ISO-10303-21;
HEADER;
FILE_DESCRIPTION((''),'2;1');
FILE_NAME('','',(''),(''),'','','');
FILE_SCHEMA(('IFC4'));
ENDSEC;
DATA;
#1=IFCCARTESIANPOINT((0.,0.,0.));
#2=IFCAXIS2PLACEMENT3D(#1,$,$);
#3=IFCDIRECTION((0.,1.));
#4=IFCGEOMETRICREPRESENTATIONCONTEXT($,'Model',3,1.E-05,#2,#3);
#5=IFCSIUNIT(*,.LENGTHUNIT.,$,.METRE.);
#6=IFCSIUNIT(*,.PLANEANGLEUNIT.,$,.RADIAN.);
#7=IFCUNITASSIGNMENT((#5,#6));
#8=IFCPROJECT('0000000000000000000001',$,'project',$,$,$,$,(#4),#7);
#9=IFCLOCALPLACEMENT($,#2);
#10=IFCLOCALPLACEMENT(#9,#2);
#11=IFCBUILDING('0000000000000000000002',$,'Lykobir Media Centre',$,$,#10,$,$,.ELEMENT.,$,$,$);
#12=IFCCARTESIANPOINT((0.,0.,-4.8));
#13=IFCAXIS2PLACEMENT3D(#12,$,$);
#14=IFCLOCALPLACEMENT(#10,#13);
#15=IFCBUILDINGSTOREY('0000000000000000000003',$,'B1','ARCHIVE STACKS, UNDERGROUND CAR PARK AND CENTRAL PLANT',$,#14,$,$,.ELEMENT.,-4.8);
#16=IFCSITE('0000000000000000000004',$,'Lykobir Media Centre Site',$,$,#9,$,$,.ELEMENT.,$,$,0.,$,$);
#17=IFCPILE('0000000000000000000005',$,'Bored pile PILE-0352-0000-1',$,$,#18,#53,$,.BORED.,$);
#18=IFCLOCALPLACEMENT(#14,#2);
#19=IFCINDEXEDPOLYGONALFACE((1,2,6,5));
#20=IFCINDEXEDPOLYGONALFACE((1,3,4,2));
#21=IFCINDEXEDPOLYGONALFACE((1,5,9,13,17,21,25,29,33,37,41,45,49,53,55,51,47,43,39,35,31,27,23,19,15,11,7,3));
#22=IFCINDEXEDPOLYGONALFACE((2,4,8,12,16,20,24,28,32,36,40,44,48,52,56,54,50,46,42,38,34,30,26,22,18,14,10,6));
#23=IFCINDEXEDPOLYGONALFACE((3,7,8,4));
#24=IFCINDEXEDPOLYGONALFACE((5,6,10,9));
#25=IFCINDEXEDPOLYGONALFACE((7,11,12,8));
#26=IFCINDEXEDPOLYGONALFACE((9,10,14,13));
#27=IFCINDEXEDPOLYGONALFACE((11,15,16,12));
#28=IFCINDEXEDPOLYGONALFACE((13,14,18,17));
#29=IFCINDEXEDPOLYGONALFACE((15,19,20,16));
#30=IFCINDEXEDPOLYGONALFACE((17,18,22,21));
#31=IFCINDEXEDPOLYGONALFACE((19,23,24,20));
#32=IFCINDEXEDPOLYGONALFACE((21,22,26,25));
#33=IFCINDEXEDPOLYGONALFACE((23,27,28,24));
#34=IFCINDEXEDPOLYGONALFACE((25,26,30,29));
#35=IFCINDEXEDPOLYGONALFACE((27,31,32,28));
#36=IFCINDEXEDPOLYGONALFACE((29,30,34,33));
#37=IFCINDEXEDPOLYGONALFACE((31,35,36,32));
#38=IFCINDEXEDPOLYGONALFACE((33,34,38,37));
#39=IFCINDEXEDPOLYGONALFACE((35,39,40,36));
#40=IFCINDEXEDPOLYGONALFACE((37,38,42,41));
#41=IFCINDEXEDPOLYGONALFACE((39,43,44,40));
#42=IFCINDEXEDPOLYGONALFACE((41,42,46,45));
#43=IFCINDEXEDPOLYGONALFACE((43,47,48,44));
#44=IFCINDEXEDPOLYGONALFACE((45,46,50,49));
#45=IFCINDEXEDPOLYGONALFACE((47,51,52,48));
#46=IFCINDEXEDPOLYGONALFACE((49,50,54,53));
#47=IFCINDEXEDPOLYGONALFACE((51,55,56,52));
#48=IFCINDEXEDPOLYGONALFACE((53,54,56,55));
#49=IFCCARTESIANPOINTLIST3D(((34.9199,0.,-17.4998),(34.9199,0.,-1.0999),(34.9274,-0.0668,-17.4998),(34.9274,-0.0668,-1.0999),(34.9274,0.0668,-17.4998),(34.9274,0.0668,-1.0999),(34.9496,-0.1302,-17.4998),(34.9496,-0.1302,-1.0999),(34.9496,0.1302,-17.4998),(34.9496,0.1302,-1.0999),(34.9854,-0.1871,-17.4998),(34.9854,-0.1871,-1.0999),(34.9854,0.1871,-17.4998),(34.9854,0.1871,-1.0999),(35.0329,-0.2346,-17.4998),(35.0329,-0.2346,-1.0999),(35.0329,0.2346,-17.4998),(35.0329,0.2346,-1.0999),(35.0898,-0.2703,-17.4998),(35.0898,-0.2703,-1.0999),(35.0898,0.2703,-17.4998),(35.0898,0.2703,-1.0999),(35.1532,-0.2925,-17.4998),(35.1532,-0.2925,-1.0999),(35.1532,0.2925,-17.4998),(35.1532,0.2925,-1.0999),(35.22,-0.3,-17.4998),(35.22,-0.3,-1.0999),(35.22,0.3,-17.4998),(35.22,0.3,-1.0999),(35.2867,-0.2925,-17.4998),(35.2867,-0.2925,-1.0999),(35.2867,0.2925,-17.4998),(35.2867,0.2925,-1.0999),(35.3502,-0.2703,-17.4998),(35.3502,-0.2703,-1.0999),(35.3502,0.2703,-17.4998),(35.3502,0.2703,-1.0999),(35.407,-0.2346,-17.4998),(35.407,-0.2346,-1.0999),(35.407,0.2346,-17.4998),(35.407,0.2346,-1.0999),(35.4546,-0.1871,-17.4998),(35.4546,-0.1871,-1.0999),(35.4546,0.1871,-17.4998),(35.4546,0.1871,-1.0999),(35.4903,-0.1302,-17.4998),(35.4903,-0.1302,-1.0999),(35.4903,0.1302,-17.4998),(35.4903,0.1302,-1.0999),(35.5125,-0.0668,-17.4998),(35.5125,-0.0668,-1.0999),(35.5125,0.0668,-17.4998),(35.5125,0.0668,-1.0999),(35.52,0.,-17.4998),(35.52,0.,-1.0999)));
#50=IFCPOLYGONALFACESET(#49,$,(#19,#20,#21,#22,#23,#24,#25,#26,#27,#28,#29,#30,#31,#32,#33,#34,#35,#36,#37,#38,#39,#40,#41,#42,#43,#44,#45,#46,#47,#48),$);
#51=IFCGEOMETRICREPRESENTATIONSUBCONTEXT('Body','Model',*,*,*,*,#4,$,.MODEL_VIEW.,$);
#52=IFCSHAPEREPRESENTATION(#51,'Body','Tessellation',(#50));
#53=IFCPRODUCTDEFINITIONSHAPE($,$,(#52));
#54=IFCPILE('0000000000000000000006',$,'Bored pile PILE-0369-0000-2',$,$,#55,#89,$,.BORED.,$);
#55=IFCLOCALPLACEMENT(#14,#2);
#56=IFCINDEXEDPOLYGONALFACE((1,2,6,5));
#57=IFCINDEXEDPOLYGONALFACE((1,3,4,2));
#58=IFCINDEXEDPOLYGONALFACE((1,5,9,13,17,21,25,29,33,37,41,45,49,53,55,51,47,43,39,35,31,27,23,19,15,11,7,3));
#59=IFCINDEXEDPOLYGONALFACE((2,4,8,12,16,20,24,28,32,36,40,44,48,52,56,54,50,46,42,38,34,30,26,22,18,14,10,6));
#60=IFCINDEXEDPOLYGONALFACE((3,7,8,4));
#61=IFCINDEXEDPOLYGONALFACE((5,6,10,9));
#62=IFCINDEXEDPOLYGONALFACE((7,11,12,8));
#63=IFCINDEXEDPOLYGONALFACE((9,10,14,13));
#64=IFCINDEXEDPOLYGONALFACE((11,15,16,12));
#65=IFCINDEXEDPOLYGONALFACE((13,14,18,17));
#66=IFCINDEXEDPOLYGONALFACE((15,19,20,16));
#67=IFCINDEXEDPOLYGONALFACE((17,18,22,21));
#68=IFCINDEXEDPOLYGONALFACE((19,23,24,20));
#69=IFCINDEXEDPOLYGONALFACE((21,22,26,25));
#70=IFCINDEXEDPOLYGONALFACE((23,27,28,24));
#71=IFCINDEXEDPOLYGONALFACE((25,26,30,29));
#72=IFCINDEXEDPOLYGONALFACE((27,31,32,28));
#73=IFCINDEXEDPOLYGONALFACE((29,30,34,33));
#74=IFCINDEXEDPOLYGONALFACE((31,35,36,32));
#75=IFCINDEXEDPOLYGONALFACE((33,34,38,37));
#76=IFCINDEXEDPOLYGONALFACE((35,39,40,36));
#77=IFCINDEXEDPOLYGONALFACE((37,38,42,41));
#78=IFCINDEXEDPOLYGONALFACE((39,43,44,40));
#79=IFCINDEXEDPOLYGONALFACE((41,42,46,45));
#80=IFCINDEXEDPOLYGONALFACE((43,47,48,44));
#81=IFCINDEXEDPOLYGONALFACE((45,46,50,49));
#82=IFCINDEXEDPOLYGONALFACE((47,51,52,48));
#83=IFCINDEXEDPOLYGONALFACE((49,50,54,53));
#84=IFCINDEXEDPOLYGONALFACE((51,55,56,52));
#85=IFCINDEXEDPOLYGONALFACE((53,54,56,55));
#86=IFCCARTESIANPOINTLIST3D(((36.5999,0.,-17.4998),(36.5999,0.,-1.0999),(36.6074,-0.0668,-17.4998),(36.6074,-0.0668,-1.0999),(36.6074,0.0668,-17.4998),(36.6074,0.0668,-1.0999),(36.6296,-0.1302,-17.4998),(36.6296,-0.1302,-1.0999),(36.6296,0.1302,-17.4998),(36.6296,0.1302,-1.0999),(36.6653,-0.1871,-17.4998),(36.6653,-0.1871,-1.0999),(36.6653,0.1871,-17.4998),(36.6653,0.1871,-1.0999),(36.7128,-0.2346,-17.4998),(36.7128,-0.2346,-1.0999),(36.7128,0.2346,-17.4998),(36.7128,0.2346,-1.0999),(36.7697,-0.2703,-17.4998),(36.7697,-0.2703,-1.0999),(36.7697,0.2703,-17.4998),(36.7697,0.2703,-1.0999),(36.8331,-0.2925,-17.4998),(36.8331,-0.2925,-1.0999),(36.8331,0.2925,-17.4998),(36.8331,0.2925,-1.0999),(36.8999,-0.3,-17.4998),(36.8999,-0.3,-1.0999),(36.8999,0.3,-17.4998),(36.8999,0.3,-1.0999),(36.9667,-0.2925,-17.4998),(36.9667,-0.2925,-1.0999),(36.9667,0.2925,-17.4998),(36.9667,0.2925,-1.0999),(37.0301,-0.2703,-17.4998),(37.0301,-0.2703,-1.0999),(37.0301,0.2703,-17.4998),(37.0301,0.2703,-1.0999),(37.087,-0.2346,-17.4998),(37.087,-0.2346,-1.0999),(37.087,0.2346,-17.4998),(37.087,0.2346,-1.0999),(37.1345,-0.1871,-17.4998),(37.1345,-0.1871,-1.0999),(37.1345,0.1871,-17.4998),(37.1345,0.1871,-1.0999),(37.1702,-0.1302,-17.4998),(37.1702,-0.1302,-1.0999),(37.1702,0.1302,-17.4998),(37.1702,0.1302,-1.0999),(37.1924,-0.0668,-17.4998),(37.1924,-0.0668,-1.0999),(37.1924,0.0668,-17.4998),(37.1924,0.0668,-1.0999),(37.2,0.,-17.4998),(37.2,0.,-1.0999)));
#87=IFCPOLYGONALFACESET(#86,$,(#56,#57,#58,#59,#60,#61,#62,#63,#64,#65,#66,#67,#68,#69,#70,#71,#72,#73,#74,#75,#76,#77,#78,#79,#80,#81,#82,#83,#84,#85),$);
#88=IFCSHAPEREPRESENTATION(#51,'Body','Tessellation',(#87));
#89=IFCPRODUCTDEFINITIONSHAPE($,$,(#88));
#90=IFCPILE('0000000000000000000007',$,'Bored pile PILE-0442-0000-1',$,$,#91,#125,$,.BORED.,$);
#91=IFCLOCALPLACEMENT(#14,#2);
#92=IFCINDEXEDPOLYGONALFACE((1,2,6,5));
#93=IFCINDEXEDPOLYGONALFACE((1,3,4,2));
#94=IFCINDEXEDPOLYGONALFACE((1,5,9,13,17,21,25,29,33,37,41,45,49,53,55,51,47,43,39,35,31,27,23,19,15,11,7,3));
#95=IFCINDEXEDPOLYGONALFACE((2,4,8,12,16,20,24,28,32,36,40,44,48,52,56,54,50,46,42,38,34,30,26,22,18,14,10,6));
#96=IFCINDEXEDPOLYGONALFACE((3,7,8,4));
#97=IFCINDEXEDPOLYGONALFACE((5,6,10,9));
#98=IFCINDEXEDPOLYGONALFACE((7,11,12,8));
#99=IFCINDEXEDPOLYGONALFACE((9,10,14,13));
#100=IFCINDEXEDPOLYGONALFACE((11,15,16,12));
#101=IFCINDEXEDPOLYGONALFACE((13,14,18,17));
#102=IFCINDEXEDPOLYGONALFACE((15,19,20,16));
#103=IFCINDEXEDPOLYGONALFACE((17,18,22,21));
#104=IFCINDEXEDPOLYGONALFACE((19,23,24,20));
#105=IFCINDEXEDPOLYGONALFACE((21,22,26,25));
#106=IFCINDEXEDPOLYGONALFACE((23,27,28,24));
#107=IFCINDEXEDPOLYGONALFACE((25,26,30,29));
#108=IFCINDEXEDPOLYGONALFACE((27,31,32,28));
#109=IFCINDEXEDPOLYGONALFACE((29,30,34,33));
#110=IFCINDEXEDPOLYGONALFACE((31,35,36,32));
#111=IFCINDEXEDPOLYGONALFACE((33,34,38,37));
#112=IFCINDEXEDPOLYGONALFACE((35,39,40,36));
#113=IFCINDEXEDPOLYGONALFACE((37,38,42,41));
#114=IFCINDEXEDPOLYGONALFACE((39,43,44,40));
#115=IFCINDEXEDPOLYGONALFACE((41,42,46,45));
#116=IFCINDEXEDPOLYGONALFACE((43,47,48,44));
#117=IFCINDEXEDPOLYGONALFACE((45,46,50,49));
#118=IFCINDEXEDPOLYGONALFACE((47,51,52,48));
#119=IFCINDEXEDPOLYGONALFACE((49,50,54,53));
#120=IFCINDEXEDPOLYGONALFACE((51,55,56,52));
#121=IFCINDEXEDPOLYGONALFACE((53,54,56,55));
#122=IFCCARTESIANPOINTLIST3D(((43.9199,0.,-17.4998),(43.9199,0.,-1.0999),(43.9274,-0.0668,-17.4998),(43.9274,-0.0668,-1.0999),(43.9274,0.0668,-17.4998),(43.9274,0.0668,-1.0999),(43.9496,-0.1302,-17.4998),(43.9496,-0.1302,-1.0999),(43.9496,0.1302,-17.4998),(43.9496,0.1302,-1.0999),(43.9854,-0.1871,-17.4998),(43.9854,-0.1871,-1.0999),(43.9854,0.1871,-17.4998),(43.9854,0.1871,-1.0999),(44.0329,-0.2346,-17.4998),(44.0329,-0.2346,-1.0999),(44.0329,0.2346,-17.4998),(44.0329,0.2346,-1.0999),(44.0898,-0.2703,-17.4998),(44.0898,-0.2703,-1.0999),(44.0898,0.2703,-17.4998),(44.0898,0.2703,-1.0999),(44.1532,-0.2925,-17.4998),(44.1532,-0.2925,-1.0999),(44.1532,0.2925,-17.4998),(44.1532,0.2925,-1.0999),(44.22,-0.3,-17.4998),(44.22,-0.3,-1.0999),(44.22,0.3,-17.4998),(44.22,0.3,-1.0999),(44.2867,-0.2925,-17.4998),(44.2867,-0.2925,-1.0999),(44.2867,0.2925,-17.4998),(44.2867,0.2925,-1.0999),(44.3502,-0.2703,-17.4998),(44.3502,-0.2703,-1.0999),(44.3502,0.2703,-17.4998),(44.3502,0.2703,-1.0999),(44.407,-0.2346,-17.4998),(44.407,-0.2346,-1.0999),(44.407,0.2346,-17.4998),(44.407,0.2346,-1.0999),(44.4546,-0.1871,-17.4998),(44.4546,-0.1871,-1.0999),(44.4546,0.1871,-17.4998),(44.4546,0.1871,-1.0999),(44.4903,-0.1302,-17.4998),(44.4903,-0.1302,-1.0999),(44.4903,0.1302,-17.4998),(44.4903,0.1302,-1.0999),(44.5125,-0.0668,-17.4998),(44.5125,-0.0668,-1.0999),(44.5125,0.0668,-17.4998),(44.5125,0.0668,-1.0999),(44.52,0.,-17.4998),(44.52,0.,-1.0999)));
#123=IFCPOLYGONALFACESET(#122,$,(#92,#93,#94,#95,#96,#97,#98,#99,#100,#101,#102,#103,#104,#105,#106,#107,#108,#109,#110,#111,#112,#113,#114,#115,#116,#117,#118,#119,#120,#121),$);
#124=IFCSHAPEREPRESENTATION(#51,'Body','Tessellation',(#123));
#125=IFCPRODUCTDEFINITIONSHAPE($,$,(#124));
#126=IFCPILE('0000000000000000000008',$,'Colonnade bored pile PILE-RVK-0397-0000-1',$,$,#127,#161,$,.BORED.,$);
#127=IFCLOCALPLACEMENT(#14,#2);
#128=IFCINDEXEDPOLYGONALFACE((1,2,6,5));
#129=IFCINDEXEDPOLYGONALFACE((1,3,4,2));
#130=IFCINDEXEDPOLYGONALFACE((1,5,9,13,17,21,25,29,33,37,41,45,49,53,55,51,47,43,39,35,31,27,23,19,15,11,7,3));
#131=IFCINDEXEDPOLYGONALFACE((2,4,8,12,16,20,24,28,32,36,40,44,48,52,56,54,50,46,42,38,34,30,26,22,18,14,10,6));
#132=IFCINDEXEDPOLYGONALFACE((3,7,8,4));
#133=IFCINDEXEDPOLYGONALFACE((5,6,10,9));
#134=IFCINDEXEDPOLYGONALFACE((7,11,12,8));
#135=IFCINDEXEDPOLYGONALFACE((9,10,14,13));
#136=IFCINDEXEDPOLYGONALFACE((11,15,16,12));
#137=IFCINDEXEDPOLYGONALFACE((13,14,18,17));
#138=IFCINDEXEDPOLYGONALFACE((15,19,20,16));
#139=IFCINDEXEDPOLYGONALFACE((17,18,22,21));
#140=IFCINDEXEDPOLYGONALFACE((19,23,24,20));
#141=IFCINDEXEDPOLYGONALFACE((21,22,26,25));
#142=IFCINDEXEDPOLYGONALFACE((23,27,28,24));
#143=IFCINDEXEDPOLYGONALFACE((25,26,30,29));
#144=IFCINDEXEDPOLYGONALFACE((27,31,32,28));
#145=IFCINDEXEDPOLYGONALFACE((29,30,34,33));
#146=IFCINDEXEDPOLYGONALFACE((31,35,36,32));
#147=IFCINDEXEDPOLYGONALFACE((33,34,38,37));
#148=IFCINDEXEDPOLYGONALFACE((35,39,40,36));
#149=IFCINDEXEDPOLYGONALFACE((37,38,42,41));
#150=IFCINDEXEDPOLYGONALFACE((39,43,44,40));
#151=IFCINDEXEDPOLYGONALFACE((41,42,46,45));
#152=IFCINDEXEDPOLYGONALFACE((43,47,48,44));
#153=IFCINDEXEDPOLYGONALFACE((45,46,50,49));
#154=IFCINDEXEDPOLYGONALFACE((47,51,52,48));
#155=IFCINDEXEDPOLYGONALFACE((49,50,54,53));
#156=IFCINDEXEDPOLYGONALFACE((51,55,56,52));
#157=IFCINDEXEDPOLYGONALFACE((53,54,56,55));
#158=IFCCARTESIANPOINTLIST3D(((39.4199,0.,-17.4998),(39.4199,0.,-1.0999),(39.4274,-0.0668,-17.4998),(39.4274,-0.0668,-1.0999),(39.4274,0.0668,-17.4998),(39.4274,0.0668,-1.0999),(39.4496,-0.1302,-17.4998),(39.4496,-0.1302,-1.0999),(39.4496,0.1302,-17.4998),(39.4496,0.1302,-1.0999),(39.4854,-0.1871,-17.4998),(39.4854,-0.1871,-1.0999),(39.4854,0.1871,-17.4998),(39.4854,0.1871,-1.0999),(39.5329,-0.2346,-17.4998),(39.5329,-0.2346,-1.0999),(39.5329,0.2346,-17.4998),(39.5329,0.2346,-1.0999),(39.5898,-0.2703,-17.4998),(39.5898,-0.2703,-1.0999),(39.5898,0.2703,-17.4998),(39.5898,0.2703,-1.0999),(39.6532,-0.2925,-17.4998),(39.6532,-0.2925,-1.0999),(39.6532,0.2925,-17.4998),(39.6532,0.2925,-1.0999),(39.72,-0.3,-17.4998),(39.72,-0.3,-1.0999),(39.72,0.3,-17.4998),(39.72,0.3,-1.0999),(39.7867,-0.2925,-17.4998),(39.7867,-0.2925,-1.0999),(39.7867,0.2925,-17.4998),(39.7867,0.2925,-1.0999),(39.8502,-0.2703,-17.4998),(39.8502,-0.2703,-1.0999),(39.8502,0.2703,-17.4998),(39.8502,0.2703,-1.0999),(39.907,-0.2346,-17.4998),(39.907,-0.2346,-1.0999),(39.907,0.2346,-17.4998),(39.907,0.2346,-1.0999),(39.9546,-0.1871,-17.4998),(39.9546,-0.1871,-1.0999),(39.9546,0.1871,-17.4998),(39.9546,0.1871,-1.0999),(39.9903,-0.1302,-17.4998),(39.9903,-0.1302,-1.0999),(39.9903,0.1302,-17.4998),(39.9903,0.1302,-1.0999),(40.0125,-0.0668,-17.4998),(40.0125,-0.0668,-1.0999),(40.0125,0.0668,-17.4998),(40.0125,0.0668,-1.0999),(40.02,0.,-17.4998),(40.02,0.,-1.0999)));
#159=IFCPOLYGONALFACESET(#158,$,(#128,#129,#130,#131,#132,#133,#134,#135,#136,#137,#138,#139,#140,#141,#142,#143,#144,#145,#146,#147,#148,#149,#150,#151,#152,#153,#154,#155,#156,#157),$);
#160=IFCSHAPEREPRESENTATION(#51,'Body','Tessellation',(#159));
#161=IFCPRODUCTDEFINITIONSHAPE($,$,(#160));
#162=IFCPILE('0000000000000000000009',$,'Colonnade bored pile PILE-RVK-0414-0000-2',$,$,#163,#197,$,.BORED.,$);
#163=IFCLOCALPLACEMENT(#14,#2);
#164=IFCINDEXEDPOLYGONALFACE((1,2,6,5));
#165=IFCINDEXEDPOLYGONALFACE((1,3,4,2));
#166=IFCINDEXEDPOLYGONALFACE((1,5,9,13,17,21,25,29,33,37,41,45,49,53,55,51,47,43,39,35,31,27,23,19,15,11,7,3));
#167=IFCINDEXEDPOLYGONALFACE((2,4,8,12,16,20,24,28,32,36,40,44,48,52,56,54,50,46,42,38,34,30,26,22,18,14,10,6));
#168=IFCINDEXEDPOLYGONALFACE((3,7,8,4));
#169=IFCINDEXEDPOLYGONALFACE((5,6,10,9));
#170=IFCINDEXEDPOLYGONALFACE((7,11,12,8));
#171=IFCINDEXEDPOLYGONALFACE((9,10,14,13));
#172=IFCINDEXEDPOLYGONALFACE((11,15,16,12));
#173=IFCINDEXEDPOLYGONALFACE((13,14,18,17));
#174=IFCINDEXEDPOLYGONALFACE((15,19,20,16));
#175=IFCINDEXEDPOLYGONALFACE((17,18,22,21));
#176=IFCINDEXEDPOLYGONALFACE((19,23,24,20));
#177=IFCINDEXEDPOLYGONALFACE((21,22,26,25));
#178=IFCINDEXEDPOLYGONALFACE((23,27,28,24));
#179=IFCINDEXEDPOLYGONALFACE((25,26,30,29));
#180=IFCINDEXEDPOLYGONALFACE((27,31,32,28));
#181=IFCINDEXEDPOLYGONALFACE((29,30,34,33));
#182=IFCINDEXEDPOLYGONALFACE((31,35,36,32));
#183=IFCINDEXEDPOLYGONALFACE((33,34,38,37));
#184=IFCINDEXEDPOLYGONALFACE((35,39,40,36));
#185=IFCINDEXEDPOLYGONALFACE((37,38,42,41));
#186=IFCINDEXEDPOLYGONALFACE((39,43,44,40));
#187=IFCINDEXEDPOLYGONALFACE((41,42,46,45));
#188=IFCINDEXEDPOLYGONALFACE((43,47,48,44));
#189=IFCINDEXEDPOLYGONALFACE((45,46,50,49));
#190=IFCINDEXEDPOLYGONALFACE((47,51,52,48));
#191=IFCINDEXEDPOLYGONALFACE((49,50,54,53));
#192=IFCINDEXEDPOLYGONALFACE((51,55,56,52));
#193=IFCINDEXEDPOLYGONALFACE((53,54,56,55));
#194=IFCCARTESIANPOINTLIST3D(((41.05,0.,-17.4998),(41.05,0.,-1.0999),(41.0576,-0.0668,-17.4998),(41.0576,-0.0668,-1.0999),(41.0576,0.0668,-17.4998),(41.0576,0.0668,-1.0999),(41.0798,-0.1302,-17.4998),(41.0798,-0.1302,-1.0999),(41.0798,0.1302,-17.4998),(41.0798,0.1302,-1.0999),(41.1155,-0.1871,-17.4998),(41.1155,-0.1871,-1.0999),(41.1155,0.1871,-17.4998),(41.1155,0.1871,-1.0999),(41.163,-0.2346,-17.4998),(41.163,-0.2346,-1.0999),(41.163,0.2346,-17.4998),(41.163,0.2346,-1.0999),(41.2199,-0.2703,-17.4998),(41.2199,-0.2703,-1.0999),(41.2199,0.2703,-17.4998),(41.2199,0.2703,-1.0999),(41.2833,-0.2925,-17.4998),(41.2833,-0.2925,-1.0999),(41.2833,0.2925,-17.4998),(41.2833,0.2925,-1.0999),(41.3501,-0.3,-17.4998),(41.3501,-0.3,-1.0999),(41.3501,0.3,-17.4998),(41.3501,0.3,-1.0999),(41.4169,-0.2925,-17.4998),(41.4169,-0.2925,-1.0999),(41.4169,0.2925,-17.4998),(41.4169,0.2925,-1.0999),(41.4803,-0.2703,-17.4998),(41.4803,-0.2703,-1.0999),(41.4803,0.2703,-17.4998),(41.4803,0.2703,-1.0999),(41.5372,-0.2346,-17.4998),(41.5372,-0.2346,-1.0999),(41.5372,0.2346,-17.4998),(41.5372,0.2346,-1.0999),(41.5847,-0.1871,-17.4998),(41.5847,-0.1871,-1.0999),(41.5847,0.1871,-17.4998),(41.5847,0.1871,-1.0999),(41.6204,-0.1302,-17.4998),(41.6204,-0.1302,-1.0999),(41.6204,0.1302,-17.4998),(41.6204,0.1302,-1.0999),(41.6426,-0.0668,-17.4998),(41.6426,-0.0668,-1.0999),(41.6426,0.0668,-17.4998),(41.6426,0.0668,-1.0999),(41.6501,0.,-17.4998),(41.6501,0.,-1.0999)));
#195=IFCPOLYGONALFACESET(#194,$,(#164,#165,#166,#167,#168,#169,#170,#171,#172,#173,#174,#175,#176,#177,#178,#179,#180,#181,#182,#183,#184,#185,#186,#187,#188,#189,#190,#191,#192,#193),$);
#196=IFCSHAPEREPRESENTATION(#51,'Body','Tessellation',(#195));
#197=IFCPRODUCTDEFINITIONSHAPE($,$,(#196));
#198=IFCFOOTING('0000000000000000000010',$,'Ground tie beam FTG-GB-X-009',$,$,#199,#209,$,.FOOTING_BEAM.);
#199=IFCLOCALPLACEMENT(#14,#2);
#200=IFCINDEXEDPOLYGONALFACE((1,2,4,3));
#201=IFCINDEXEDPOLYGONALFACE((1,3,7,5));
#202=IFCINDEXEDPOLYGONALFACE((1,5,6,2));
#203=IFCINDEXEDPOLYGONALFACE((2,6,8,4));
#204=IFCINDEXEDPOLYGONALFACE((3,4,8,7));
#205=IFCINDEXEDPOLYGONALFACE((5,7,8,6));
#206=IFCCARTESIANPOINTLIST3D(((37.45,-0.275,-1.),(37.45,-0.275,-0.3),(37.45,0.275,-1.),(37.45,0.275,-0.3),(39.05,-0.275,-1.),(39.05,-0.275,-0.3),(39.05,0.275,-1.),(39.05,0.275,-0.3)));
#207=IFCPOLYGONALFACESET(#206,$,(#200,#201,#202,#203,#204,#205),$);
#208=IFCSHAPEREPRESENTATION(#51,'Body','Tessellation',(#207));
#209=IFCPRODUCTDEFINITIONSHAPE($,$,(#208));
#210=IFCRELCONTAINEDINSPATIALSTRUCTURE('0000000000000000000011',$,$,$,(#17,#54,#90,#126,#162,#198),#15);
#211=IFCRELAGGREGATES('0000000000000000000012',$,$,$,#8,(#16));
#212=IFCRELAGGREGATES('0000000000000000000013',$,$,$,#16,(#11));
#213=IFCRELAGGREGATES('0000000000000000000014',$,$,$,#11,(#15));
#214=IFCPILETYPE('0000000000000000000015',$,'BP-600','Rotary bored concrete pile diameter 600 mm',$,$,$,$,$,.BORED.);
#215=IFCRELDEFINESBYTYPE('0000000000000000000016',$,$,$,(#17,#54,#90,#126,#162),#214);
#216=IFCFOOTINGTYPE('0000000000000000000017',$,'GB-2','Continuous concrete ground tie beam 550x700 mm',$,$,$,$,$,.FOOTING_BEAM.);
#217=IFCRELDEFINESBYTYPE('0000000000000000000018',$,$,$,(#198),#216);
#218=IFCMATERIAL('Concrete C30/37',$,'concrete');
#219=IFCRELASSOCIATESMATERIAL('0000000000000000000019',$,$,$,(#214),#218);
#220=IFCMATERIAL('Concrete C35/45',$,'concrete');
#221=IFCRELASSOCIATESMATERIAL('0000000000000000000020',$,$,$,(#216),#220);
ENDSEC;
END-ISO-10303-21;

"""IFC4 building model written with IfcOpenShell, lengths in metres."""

from ifc_helpers import new_model, si_unit, direction, frame, origin, origin_2d, place, context, subcontext, project, spatial, rectangle, circle, extrude, material, material_profile, profile_set, type_object, element, save


model = new_model("IFC4")

# Units and contexts
model_context = context("Model", 3, precision=1e-05, world=origin(), true_north=direction((0.0, 1.0)))
body_context = subcontext(model_context, "Body", "Model", "MODEL_VIEW")
ifc_project = project(units=[si_unit("LENGTHUNIT", "METRE"), si_unit("PLANEANGLEUNIT", "RADIAN")], contexts=[model_context])

# Site, building, storey
site_placement = place(None, origin())
site = spatial("IfcSite", under=ifc_project, at=site_placement, Name="Lykobir Media Centre Site", CompositionType="ELEMENT", RefElevation=0.0)
building_placement = place(site_placement, origin())
building = spatial("IfcBuilding", under=site, at=building_placement, Name="Lykobir Media Centre", CompositionType="ELEMENT")
storey_placement = place(building_placement, frame((0.0, 0.0, -4.8)))
storey = spatial("IfcBuildingStorey", under=building, at=storey_placement, Name="B1", Description="ARCHIVE STACKS, UNDERGROUND CAR PARK AND CENTRAL PLANT", CompositionType="ELEMENT", Elevation=-4.8)

# Piles
ifc_material_1 = material(Name="Concrete C30/37", Category="concrete")
ifc_material_profile_1 = material_profile(ifc_material_1, circle(Radius=0.3, at=origin_2d()), Name="BORED PILE D600")
ifc_profile_set_1 = profile_set([ifc_material_profile_1], Name="Concrete C30/37")
pile_type = type_object("IfcPileType", Name="BP-600", Description="Rotary bored concrete pile diameter 600 mm", PredefinedType="BORED", material=ifc_profile_set_1)
for number, where, z_axis, x_axis, name in (
    (1, (35.22, 0.0, -1.0999), (0.0, 0.0, -1.0), (1.0, 0.0, 0.0), "Bored pile PILE-0352-0000-1"),
    (2, (36.8999, 0.0, -1.0999), (0.0, 0.0, -1.0), (1.0, 0.0, 0.0), "Bored pile PILE-0369-0000-2"),
    (3, (44.22, 0.0, -1.0999), (0.0, 0.0, -1.0), (1.0, 0.0, 0.0), "Bored pile PILE-0442-0000-1"),
    (4, (39.72, 0.0, -1.0999), (0.0, 0.0, -1.0), (1.0, 0.0, 0.0), "Colonnade bored pile PILE-RVK-0397-0000-1"),
    (5, (41.3501, 0.0, -1.0999), (0.0, 0.0, -1.0), (1.0, 0.0, 0.0), "Colonnade bored pile PILE-RVK-0414-0000-2"),
):
    element("IfcPile", number, at=place(storey_placement, frame(where, z_axis=z_axis, x_axis=x_axis)), inside=storey, type_object=pile_type, Name=name, PredefinedType="BORED", context=body_context, shape_type="SweptSolid", body=[
        extrude(circle(Radius=0.3, at=origin_2d()), origin(), (0.0, 0.0, 1.0), 16.3999),
    ])

# Footing
ifc_material_2 = material(Name="Concrete C35/45", Category="concrete")
footing_type_1 = type_object("IfcFootingType", Name="GB-2", Description="Continuous concrete ground tie beam 550x700 mm", PredefinedType="FOOTING_BEAM", material=ifc_material_2)
for number, where, z_axis, x_axis, name in (
    (6, (38.25, 0.0, -1.0), (0.0, 0.0, 1.0), (1.0, 0.0, 0.0), "Ground tie beam FTG-GB-X-009"),
):
    element("IfcFooting", number, at=place(storey_placement, frame(where, z_axis=z_axis, x_axis=x_axis)), inside=storey, type_object=footing_type_1, Name=name, PredefinedType="FOOTING_BEAM", context=body_context, shape_type="SweptSolid", body=[
        extrude(rectangle(XDim=1.6001, YDim=0.55, at=origin_2d()), origin(), (0.0, 0.0, 1.0), 0.7),
    ])

save(model, "model.ifc")
